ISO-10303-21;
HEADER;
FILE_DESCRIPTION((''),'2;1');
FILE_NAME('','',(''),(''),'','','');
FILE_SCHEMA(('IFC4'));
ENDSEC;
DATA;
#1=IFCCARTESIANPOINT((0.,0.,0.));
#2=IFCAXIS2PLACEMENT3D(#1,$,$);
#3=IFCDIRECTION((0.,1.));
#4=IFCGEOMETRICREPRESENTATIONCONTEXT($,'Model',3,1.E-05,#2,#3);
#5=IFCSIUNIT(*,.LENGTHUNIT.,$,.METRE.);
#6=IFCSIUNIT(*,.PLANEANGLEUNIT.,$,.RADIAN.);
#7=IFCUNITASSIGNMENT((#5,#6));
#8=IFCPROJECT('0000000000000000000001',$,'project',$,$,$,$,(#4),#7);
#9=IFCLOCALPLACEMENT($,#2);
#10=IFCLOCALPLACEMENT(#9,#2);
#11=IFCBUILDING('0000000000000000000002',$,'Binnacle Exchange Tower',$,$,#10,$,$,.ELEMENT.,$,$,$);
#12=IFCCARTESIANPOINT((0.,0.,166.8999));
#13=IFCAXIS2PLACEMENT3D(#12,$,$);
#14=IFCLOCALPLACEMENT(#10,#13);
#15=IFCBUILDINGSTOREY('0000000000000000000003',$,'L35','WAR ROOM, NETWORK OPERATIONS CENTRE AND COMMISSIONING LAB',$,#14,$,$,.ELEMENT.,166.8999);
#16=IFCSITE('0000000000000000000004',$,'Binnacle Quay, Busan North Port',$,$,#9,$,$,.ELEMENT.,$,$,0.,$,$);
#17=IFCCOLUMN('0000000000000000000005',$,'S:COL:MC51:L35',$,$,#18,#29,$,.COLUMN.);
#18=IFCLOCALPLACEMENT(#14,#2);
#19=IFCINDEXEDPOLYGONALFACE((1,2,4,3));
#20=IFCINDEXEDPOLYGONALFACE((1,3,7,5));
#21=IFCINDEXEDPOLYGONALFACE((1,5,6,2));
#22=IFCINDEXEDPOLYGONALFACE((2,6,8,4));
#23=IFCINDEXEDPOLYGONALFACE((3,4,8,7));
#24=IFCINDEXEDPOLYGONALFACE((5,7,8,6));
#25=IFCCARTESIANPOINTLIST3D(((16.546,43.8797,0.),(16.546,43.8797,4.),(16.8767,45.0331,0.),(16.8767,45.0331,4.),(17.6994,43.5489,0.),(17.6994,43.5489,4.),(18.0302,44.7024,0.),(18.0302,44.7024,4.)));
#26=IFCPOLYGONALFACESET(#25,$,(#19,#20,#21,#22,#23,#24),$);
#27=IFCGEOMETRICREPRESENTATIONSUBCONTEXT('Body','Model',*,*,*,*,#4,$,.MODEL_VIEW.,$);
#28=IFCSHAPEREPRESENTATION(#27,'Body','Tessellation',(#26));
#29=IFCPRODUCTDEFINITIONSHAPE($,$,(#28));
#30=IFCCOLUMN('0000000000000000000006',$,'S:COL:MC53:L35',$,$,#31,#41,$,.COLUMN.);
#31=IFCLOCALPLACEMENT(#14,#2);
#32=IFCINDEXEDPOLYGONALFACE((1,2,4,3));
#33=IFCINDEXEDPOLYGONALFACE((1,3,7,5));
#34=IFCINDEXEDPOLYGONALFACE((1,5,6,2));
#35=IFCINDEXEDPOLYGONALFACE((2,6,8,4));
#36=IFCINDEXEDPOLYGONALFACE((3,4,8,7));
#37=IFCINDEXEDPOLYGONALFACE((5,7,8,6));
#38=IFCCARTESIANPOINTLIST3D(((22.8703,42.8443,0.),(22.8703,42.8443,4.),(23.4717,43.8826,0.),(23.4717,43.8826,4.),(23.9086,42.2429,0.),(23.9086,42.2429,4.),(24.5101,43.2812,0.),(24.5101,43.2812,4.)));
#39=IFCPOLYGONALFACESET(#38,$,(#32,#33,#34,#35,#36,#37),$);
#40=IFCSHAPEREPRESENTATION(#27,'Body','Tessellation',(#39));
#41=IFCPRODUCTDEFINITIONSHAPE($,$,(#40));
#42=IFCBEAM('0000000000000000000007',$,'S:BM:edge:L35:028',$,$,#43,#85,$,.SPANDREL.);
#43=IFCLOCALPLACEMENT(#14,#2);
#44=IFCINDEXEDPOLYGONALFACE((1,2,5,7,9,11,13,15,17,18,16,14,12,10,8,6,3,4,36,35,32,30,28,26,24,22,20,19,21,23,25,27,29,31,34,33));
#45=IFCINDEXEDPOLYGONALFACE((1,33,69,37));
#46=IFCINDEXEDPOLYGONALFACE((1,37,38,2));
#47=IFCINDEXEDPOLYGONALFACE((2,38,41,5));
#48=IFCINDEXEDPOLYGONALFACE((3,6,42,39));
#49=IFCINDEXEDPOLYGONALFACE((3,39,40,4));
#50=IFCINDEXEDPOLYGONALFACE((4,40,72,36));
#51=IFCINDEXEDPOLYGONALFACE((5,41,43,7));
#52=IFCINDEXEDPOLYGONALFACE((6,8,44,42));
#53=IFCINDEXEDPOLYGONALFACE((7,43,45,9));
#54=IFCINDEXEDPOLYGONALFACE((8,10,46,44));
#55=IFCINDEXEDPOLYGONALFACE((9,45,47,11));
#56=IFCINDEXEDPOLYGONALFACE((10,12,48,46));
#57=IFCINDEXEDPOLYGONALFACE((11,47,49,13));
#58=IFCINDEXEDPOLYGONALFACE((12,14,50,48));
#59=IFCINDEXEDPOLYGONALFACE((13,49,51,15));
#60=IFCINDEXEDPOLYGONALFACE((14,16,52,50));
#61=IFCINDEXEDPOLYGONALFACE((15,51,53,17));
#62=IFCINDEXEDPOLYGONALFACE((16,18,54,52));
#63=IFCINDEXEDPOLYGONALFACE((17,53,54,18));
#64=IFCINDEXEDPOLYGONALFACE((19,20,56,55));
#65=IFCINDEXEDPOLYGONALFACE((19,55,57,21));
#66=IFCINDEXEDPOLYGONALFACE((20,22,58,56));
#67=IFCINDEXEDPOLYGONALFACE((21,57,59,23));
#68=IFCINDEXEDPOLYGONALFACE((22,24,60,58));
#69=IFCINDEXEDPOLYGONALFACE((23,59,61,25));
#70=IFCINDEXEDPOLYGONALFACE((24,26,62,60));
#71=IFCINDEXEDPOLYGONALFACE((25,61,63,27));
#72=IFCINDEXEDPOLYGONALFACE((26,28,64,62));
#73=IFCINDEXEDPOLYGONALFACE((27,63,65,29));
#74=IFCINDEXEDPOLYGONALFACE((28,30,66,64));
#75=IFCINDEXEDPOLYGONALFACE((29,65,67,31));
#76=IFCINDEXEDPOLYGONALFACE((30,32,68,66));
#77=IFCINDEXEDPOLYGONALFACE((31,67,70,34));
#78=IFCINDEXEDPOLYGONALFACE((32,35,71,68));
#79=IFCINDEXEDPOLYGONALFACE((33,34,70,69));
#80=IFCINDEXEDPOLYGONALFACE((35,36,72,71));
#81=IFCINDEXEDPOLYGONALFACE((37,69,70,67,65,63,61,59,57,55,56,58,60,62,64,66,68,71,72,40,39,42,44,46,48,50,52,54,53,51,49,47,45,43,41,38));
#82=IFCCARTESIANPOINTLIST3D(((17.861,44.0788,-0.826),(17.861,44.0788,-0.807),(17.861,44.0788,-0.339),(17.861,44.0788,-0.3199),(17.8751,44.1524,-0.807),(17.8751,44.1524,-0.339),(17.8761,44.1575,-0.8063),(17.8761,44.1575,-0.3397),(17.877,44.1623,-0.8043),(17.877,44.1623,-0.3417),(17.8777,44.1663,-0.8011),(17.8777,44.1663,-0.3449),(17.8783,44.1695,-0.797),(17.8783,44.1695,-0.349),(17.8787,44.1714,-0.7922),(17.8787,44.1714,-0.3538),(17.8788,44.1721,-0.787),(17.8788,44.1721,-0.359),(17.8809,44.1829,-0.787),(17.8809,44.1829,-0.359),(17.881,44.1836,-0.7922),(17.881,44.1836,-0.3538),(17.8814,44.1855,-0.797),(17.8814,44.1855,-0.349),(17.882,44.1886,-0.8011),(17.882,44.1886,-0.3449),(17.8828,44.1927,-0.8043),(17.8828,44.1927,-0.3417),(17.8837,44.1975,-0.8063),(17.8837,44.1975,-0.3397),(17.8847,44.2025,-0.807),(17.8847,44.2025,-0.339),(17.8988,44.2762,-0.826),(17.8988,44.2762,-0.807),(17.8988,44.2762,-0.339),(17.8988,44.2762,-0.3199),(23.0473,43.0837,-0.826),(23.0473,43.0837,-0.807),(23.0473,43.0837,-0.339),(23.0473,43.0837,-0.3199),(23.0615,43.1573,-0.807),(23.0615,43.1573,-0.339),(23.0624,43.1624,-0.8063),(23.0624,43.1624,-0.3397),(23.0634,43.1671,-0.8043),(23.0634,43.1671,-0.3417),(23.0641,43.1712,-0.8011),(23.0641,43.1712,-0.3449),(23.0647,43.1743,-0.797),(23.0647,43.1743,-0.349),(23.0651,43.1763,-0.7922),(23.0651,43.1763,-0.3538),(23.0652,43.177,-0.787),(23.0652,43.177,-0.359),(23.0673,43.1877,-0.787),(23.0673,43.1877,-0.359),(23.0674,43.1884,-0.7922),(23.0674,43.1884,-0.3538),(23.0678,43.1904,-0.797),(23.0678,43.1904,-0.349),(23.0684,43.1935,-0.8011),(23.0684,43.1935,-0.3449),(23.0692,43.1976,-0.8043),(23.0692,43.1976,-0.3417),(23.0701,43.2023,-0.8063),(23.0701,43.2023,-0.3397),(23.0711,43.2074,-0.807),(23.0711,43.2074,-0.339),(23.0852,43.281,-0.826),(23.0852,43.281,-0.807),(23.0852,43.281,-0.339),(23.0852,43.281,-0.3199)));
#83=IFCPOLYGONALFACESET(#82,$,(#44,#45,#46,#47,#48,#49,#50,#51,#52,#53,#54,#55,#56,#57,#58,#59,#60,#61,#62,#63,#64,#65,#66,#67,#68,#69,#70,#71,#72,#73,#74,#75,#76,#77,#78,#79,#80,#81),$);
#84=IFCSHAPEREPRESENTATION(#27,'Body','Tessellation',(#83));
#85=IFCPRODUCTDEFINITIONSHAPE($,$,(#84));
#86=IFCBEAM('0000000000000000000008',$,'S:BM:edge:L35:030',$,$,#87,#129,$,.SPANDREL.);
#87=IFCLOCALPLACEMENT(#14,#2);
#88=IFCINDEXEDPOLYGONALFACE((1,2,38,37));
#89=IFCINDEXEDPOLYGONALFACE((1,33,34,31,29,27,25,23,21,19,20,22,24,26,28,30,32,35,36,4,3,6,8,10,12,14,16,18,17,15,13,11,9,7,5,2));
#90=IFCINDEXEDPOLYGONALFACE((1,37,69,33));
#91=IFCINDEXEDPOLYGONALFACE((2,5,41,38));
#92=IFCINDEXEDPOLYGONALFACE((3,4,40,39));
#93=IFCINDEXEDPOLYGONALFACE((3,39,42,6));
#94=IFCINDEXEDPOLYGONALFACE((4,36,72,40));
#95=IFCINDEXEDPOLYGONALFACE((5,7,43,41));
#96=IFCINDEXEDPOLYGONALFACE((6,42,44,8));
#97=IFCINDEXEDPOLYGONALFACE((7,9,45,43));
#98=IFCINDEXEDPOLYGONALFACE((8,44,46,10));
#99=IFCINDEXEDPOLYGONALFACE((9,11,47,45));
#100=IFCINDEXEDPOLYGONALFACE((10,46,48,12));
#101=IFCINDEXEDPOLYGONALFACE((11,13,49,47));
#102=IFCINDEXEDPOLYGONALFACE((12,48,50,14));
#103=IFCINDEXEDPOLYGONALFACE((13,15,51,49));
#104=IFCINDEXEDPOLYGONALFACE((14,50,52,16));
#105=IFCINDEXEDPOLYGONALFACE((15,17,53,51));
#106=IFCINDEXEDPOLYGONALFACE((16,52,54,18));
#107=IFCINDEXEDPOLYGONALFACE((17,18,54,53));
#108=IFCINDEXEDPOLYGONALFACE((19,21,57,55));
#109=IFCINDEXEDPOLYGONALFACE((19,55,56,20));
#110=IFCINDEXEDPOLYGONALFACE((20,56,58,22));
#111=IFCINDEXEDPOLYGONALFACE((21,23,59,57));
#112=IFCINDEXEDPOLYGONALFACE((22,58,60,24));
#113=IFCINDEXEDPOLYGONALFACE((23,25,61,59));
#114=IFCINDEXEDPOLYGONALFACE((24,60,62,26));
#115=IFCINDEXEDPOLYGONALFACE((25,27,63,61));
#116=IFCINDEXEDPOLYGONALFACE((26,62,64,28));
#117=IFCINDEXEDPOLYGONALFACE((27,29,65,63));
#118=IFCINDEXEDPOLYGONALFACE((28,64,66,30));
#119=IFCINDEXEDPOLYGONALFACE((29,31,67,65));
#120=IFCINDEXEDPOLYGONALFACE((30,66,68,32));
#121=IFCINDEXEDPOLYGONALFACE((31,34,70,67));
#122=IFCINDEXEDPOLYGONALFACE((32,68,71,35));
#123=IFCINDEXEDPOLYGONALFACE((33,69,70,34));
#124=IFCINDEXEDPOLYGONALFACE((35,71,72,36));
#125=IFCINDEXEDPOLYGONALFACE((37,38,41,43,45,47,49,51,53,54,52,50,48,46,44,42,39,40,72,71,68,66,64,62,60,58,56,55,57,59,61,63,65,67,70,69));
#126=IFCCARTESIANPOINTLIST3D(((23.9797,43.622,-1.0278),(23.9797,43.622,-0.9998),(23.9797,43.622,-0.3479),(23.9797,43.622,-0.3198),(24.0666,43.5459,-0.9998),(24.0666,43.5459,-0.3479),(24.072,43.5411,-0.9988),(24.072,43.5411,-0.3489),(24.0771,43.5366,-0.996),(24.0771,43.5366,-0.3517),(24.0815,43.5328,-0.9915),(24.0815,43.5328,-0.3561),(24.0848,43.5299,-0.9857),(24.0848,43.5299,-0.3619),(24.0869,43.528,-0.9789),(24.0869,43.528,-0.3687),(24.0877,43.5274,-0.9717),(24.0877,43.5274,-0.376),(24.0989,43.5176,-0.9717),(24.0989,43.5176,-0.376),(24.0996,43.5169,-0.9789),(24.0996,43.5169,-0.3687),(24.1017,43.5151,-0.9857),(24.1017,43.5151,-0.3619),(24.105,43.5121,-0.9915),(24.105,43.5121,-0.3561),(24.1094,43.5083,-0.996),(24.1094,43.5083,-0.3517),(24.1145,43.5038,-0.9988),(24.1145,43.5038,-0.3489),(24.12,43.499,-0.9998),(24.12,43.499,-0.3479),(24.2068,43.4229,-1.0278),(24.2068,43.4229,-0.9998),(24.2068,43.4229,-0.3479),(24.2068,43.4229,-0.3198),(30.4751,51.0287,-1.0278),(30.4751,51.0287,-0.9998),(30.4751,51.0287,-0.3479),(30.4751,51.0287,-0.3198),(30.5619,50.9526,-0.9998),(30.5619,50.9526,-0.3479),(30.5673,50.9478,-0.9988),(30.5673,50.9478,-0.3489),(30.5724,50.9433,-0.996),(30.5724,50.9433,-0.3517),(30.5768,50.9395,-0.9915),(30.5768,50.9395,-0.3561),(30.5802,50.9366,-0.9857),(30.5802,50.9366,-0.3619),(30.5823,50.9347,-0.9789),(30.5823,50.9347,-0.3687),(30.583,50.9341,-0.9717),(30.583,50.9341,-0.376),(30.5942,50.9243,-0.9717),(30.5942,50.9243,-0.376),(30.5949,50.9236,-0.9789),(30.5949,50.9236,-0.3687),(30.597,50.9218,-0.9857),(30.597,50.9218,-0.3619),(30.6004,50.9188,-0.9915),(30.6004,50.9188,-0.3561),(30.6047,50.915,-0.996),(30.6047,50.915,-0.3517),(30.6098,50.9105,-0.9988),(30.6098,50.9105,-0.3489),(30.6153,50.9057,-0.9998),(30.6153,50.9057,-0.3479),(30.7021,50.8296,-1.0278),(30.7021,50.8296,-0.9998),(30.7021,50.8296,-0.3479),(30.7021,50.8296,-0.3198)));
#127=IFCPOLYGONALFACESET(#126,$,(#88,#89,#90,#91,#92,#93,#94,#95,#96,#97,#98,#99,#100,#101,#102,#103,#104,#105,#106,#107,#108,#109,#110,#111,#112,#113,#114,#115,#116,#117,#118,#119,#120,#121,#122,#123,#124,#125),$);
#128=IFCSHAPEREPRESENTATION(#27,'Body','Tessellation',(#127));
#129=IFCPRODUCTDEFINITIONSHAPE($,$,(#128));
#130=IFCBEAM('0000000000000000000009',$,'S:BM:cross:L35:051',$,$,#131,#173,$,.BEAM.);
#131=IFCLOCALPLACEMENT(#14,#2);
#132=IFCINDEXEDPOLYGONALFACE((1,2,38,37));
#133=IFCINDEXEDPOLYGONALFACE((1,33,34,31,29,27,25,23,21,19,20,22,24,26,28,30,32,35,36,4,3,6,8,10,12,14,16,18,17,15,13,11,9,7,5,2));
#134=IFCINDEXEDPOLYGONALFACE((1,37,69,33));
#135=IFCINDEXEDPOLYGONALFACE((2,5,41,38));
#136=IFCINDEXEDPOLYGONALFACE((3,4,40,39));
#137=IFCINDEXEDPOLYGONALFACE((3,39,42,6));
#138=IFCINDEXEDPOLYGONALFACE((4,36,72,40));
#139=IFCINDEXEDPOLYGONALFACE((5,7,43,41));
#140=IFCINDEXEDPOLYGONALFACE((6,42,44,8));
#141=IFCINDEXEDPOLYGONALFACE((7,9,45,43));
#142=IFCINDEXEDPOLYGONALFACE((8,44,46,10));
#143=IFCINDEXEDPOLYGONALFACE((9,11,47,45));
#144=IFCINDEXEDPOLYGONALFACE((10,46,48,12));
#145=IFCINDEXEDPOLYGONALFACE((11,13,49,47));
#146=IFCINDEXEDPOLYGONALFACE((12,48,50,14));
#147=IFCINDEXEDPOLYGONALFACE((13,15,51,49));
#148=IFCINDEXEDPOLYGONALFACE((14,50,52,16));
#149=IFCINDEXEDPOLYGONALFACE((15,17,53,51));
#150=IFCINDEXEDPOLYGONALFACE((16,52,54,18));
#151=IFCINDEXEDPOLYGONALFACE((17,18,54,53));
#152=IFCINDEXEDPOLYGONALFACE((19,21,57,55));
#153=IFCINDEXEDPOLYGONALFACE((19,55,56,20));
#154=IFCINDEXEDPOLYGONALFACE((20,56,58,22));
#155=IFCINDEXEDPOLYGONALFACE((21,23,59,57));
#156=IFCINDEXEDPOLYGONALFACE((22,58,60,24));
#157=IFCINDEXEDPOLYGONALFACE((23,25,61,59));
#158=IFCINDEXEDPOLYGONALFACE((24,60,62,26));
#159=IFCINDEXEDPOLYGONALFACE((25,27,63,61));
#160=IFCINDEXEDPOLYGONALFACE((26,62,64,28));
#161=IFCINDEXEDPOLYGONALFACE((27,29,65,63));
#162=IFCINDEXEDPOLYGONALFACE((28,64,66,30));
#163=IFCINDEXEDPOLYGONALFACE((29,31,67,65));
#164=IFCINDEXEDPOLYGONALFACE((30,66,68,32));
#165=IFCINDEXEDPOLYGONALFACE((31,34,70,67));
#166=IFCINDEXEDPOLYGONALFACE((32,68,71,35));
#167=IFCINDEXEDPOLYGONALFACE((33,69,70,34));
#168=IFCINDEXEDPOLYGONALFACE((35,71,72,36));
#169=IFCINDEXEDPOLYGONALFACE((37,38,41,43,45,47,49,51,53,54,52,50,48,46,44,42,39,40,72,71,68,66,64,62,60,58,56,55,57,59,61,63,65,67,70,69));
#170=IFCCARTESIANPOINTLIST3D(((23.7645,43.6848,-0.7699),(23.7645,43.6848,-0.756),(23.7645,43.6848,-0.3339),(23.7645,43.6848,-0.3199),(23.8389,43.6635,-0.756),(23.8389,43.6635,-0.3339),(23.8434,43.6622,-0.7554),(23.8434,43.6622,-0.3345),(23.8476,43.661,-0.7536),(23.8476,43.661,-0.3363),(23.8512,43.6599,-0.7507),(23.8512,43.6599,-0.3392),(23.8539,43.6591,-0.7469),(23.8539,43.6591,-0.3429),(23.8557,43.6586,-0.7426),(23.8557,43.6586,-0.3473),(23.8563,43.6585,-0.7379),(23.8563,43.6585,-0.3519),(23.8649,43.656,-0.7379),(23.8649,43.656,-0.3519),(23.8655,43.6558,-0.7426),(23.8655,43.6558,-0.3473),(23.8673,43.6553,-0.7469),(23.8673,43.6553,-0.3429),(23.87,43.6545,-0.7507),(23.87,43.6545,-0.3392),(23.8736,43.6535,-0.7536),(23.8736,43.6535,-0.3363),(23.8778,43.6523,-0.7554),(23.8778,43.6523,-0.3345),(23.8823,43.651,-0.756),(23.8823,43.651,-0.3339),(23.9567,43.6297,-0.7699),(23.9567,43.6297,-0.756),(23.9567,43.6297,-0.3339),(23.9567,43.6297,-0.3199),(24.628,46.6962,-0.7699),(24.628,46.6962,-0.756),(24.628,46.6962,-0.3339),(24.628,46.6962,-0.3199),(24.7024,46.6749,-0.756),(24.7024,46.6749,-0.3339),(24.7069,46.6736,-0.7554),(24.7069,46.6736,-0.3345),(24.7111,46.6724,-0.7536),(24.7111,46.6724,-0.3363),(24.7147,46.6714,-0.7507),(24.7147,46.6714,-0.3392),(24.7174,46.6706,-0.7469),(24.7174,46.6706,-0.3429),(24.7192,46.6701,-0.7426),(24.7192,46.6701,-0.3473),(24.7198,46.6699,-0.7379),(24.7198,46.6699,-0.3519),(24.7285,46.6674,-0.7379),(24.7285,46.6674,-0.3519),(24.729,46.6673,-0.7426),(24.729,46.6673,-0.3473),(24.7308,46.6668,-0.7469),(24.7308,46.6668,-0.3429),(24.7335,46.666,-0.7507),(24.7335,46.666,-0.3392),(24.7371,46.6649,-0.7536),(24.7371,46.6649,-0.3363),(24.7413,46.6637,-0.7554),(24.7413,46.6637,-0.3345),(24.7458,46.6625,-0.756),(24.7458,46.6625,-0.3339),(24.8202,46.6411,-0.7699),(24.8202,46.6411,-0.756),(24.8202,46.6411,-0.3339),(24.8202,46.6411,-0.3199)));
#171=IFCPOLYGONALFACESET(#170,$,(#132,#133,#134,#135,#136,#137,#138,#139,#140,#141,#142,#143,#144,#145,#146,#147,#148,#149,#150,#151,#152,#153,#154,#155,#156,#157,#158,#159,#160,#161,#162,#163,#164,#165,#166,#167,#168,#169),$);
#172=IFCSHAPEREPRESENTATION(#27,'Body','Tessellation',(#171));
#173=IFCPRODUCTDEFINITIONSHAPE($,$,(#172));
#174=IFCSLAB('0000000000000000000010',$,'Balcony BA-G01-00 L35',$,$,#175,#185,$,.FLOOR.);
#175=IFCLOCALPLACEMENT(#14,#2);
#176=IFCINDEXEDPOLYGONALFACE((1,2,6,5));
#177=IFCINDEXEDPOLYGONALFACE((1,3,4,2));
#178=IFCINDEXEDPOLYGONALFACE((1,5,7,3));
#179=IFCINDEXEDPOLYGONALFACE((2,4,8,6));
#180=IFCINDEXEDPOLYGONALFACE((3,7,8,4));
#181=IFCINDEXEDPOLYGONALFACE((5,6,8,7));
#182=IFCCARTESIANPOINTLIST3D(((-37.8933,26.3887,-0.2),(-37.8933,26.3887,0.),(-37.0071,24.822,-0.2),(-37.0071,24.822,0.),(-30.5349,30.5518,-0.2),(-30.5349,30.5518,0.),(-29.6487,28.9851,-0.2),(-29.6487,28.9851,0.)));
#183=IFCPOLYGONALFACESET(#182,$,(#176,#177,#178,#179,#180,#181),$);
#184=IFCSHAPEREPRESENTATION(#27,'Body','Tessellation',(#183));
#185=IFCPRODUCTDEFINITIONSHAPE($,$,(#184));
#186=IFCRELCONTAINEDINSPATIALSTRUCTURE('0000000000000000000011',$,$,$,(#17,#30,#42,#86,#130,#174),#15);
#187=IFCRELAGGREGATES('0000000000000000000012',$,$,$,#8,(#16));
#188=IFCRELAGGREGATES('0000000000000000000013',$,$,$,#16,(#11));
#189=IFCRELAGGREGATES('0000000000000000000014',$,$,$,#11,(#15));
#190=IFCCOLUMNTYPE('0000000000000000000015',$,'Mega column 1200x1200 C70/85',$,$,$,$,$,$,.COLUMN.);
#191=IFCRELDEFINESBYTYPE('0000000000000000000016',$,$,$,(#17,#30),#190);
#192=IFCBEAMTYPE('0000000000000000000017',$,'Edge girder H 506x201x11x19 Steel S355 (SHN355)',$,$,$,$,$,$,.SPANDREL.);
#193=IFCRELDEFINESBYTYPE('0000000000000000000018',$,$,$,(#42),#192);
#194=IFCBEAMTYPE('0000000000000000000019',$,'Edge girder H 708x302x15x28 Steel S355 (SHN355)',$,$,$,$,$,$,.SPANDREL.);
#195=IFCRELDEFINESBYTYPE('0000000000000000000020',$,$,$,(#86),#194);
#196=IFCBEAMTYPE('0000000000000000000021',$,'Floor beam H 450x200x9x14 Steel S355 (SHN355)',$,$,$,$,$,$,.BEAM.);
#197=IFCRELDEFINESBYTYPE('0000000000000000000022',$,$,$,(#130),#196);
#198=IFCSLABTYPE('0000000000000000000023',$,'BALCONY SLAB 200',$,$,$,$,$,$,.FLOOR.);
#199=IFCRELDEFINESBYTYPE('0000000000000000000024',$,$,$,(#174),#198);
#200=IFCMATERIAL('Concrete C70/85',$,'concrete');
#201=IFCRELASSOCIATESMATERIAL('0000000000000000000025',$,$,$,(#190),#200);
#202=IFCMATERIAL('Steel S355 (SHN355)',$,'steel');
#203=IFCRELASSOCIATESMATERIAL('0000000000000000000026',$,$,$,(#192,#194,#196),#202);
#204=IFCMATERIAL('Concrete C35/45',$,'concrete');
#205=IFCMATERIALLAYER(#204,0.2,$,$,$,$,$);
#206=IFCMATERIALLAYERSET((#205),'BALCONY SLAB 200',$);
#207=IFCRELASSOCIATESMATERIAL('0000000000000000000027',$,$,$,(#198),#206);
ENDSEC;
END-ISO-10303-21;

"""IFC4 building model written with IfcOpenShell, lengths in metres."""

from ifc_helpers import new_model, si_unit, direction, frame, origin, origin_2d, place, context, subcontext, project, spatial, polyline, rectangle, i_section, outline, extrude, material, layer, layer_set, material_profile, profile_set, type_object, element, save


model = new_model("IFC4")

# Units and contexts
model_context = context("Model", 3, precision=1e-05, world=origin(), true_north=direction((0.0, 1.0)))
body_context = subcontext(model_context, "Body", "Model", "MODEL_VIEW")
ifc_project = project(units=[si_unit("LENGTHUNIT", "METRE"), si_unit("PLANEANGLEUNIT", "RADIAN")], contexts=[model_context])

# Site, building, storey
site_placement = place(None, origin())
site = spatial("IfcSite", under=ifc_project, at=site_placement, Name="Binnacle Quay, Busan North Port", CompositionType="ELEMENT", RefElevation=0.0)
building_placement = place(site_placement, origin())
building = spatial("IfcBuilding", under=site, at=building_placement, Name="Binnacle Exchange Tower", CompositionType="ELEMENT")
storey_placement = place(building_placement, frame((0.0, 0.0, 166.8999)))
storey = spatial("IfcBuildingStorey", under=building, at=storey_placement, Name="L35", Description="WAR ROOM, NETWORK OPERATIONS CENTRE AND COMMISSIONING LAB", CompositionType="ELEMENT", Elevation=166.8999)

# Columns
ifc_material_1 = material(Name="Concrete C70/85", Category="concrete")
ifc_material_profile_1 = material_profile(ifc_material_1, rectangle(XDim=1.2, YDim=1.2, at=origin_2d()), Name="Mega column 1200x1200 C70/85")
ifc_profile_set_1 = profile_set([ifc_material_profile_1], Name="Concrete C70/85")
column_type = type_object("IfcColumnType", Name="Mega column 1200x1200 C70/85", PredefinedType="COLUMN", material=ifc_profile_set_1)
for number, where, z_axis, x_axis, name in (
    (1, (17.2881, 44.291, 0.0), (0.0, 0.0, 1.0), (0.961262, -0.275637, 0.0), "S:COL:MC51:L35"),
    (2, (23.6902, 43.0627, 0.0), (0.0, 0.0, 1.0), (-0.865326, 0.501209, 0.0), "S:COL:MC53:L35"),
):
    element("IfcColumn", number, at=place(storey_placement, frame(where, z_axis=z_axis, x_axis=x_axis)), inside=storey, type_object=column_type, Name=name, PredefinedType="COLUMN", context=body_context, shape_type="SweptSolid", body=[
        extrude(rectangle(XDim=1.2, YDim=1.2, at=origin_2d()), origin(), (0.0, 0.0, 1.0), 4.0),
    ])

# Beams
ifc_material_2 = material(Name="Steel S355 (SHN355)", Category="steel")
ifc_material_profile_2 = material_profile(ifc_material_2, i_section(OverallWidth=0.2009, OverallDepth=0.5061, WebThickness=0.011, FlangeThickness=0.019, FilletRadius=0.02, at=origin_2d()), Name="H 506x201x11x19")
ifc_profile_set_2 = profile_set([ifc_material_profile_2], Name="Steel S355 (SHN355)")
beam_type_1 = type_object("IfcBeamType", Name="Edge girder H 506x201x11x19 Steel S355 (SHN355)", PredefinedType="SPANDREL", material=ifc_profile_set_2)
beam_1_placement = place(storey_placement, frame((17.8799, 44.1775, -0.573), z_axis=(0.982085, -0.188438, 0.0), x_axis=(0.188438, 0.982085, 0.0)))
element("IfcBeam", 3, at=beam_1_placement, inside=storey, type_object=beam_type_1, Name="S:BM:edge:L35:028", PredefinedType="SPANDREL", context=body_context, shape_type="SweptSolid", body=[
    extrude(i_section(OverallWidth=0.2009, OverallDepth=0.5061, WebThickness=0.011, FlangeThickness=0.019, FilletRadius=0.02, at=origin_2d()), origin(), (0.0, 0.0, 1.0), 5.281),
])
ifc_material_profile_3 = material_profile(ifc_material_2, i_section(OverallWidth=0.302, OverallDepth=0.708, WebThickness=0.0149, FlangeThickness=0.0281, FilletRadius=0.0281, at=origin_2d()), Name="H 708x302x15x28")
ifc_profile_set_3 = profile_set([ifc_material_profile_3], Name="Steel S355 (SHN355)")
beam_type_2 = type_object("IfcBeamType", Name="Edge girder H 708x302x15x28 Steel S355 (SHN355)", PredefinedType="SPANDREL", material=ifc_profile_set_3)
beam_2_placement = place(storey_placement, frame((24.0933, 43.5225, -0.6738), z_axis=(0.659336, 0.751849, 0.0), x_axis=(-0.751849, 0.659336, 0.0)))
element("IfcBeam", 4, at=beam_2_placement, inside=storey, type_object=beam_type_2, Name="S:BM:edge:L35:030", PredefinedType="SPANDREL", context=body_context, shape_type="SweptSolid", body=[
    extrude(i_section(OverallWidth=0.302, OverallDepth=0.708, WebThickness=0.0149, FlangeThickness=0.0281, FilletRadius=0.0281, at=origin_2d()), origin(), (0.0, 0.0, 1.0), 9.8513),
])
ifc_material_profile_4 = material_profile(ifc_material_2, i_section(OverallWidth=0.2, OverallDepth=0.45, WebThickness=0.009, FlangeThickness=0.0139, FilletRadius=0.0181, at=origin_2d()), Name="H 450x200x9x14")
ifc_profile_set_4 = profile_set([ifc_material_profile_4], Name="Steel S355 (SHN355)")
beam_type_3 = type_object("IfcBeamType", Name="Floor beam H 450x200x9x14 Steel S355 (SHN355)", PredefinedType="BEAM", material=ifc_profile_set_4)
beam_3_placement = place(storey_placement, frame((23.8606, 43.6572, -0.5449), z_axis=(0.275637, 0.961262, 0.0), x_axis=(-0.961262, 0.275637, 0.0)))
element("IfcBeam", 5, at=beam_3_placement, inside=storey, type_object=beam_type_3, Name="S:BM:cross:L35:051", PredefinedType="BEAM", context=body_context, shape_type="SweptSolid", body=[
    extrude(i_section(OverallWidth=0.2, OverallDepth=0.45, WebThickness=0.009, FlangeThickness=0.0139, FilletRadius=0.0181, at=origin_2d()), origin(), (0.0, 0.0, 1.0), 3.1328),
])

# Slab
ifc_material_3 = material(Name="Concrete C35/45", Category="concrete")
ifc_layer_1 = layer(ifc_material_3, 0.2)
ifc_layer_set_1 = layer_set([ifc_layer_1], Name="BALCONY SLAB 200")
slab_type_1 = type_object("IfcSlabType", Name="BALCONY SLAB 200", PredefinedType="FLOOR", material=ifc_layer_set_1)
slab_1_placement = place(storey_placement, frame((0.0, 0.0, -0.2)))
element("IfcSlab", 6, at=slab_1_placement, inside=storey, type_object=slab_type_1, Name="Balcony BA-G01-00 L35", PredefinedType="FLOOR", context=body_context, shape_type="SweptSolid", body=[
    extrude(outline(polyline([(-37.8933, 26.3887), (-30.5349, 30.5518), (-29.6487, 28.9851), (-37.0071, 24.822), (-37.8933, 26.3887)])), origin(), (0.0, 0.0, 1.0), 0.2),
])

save(model, "model.ifc")
